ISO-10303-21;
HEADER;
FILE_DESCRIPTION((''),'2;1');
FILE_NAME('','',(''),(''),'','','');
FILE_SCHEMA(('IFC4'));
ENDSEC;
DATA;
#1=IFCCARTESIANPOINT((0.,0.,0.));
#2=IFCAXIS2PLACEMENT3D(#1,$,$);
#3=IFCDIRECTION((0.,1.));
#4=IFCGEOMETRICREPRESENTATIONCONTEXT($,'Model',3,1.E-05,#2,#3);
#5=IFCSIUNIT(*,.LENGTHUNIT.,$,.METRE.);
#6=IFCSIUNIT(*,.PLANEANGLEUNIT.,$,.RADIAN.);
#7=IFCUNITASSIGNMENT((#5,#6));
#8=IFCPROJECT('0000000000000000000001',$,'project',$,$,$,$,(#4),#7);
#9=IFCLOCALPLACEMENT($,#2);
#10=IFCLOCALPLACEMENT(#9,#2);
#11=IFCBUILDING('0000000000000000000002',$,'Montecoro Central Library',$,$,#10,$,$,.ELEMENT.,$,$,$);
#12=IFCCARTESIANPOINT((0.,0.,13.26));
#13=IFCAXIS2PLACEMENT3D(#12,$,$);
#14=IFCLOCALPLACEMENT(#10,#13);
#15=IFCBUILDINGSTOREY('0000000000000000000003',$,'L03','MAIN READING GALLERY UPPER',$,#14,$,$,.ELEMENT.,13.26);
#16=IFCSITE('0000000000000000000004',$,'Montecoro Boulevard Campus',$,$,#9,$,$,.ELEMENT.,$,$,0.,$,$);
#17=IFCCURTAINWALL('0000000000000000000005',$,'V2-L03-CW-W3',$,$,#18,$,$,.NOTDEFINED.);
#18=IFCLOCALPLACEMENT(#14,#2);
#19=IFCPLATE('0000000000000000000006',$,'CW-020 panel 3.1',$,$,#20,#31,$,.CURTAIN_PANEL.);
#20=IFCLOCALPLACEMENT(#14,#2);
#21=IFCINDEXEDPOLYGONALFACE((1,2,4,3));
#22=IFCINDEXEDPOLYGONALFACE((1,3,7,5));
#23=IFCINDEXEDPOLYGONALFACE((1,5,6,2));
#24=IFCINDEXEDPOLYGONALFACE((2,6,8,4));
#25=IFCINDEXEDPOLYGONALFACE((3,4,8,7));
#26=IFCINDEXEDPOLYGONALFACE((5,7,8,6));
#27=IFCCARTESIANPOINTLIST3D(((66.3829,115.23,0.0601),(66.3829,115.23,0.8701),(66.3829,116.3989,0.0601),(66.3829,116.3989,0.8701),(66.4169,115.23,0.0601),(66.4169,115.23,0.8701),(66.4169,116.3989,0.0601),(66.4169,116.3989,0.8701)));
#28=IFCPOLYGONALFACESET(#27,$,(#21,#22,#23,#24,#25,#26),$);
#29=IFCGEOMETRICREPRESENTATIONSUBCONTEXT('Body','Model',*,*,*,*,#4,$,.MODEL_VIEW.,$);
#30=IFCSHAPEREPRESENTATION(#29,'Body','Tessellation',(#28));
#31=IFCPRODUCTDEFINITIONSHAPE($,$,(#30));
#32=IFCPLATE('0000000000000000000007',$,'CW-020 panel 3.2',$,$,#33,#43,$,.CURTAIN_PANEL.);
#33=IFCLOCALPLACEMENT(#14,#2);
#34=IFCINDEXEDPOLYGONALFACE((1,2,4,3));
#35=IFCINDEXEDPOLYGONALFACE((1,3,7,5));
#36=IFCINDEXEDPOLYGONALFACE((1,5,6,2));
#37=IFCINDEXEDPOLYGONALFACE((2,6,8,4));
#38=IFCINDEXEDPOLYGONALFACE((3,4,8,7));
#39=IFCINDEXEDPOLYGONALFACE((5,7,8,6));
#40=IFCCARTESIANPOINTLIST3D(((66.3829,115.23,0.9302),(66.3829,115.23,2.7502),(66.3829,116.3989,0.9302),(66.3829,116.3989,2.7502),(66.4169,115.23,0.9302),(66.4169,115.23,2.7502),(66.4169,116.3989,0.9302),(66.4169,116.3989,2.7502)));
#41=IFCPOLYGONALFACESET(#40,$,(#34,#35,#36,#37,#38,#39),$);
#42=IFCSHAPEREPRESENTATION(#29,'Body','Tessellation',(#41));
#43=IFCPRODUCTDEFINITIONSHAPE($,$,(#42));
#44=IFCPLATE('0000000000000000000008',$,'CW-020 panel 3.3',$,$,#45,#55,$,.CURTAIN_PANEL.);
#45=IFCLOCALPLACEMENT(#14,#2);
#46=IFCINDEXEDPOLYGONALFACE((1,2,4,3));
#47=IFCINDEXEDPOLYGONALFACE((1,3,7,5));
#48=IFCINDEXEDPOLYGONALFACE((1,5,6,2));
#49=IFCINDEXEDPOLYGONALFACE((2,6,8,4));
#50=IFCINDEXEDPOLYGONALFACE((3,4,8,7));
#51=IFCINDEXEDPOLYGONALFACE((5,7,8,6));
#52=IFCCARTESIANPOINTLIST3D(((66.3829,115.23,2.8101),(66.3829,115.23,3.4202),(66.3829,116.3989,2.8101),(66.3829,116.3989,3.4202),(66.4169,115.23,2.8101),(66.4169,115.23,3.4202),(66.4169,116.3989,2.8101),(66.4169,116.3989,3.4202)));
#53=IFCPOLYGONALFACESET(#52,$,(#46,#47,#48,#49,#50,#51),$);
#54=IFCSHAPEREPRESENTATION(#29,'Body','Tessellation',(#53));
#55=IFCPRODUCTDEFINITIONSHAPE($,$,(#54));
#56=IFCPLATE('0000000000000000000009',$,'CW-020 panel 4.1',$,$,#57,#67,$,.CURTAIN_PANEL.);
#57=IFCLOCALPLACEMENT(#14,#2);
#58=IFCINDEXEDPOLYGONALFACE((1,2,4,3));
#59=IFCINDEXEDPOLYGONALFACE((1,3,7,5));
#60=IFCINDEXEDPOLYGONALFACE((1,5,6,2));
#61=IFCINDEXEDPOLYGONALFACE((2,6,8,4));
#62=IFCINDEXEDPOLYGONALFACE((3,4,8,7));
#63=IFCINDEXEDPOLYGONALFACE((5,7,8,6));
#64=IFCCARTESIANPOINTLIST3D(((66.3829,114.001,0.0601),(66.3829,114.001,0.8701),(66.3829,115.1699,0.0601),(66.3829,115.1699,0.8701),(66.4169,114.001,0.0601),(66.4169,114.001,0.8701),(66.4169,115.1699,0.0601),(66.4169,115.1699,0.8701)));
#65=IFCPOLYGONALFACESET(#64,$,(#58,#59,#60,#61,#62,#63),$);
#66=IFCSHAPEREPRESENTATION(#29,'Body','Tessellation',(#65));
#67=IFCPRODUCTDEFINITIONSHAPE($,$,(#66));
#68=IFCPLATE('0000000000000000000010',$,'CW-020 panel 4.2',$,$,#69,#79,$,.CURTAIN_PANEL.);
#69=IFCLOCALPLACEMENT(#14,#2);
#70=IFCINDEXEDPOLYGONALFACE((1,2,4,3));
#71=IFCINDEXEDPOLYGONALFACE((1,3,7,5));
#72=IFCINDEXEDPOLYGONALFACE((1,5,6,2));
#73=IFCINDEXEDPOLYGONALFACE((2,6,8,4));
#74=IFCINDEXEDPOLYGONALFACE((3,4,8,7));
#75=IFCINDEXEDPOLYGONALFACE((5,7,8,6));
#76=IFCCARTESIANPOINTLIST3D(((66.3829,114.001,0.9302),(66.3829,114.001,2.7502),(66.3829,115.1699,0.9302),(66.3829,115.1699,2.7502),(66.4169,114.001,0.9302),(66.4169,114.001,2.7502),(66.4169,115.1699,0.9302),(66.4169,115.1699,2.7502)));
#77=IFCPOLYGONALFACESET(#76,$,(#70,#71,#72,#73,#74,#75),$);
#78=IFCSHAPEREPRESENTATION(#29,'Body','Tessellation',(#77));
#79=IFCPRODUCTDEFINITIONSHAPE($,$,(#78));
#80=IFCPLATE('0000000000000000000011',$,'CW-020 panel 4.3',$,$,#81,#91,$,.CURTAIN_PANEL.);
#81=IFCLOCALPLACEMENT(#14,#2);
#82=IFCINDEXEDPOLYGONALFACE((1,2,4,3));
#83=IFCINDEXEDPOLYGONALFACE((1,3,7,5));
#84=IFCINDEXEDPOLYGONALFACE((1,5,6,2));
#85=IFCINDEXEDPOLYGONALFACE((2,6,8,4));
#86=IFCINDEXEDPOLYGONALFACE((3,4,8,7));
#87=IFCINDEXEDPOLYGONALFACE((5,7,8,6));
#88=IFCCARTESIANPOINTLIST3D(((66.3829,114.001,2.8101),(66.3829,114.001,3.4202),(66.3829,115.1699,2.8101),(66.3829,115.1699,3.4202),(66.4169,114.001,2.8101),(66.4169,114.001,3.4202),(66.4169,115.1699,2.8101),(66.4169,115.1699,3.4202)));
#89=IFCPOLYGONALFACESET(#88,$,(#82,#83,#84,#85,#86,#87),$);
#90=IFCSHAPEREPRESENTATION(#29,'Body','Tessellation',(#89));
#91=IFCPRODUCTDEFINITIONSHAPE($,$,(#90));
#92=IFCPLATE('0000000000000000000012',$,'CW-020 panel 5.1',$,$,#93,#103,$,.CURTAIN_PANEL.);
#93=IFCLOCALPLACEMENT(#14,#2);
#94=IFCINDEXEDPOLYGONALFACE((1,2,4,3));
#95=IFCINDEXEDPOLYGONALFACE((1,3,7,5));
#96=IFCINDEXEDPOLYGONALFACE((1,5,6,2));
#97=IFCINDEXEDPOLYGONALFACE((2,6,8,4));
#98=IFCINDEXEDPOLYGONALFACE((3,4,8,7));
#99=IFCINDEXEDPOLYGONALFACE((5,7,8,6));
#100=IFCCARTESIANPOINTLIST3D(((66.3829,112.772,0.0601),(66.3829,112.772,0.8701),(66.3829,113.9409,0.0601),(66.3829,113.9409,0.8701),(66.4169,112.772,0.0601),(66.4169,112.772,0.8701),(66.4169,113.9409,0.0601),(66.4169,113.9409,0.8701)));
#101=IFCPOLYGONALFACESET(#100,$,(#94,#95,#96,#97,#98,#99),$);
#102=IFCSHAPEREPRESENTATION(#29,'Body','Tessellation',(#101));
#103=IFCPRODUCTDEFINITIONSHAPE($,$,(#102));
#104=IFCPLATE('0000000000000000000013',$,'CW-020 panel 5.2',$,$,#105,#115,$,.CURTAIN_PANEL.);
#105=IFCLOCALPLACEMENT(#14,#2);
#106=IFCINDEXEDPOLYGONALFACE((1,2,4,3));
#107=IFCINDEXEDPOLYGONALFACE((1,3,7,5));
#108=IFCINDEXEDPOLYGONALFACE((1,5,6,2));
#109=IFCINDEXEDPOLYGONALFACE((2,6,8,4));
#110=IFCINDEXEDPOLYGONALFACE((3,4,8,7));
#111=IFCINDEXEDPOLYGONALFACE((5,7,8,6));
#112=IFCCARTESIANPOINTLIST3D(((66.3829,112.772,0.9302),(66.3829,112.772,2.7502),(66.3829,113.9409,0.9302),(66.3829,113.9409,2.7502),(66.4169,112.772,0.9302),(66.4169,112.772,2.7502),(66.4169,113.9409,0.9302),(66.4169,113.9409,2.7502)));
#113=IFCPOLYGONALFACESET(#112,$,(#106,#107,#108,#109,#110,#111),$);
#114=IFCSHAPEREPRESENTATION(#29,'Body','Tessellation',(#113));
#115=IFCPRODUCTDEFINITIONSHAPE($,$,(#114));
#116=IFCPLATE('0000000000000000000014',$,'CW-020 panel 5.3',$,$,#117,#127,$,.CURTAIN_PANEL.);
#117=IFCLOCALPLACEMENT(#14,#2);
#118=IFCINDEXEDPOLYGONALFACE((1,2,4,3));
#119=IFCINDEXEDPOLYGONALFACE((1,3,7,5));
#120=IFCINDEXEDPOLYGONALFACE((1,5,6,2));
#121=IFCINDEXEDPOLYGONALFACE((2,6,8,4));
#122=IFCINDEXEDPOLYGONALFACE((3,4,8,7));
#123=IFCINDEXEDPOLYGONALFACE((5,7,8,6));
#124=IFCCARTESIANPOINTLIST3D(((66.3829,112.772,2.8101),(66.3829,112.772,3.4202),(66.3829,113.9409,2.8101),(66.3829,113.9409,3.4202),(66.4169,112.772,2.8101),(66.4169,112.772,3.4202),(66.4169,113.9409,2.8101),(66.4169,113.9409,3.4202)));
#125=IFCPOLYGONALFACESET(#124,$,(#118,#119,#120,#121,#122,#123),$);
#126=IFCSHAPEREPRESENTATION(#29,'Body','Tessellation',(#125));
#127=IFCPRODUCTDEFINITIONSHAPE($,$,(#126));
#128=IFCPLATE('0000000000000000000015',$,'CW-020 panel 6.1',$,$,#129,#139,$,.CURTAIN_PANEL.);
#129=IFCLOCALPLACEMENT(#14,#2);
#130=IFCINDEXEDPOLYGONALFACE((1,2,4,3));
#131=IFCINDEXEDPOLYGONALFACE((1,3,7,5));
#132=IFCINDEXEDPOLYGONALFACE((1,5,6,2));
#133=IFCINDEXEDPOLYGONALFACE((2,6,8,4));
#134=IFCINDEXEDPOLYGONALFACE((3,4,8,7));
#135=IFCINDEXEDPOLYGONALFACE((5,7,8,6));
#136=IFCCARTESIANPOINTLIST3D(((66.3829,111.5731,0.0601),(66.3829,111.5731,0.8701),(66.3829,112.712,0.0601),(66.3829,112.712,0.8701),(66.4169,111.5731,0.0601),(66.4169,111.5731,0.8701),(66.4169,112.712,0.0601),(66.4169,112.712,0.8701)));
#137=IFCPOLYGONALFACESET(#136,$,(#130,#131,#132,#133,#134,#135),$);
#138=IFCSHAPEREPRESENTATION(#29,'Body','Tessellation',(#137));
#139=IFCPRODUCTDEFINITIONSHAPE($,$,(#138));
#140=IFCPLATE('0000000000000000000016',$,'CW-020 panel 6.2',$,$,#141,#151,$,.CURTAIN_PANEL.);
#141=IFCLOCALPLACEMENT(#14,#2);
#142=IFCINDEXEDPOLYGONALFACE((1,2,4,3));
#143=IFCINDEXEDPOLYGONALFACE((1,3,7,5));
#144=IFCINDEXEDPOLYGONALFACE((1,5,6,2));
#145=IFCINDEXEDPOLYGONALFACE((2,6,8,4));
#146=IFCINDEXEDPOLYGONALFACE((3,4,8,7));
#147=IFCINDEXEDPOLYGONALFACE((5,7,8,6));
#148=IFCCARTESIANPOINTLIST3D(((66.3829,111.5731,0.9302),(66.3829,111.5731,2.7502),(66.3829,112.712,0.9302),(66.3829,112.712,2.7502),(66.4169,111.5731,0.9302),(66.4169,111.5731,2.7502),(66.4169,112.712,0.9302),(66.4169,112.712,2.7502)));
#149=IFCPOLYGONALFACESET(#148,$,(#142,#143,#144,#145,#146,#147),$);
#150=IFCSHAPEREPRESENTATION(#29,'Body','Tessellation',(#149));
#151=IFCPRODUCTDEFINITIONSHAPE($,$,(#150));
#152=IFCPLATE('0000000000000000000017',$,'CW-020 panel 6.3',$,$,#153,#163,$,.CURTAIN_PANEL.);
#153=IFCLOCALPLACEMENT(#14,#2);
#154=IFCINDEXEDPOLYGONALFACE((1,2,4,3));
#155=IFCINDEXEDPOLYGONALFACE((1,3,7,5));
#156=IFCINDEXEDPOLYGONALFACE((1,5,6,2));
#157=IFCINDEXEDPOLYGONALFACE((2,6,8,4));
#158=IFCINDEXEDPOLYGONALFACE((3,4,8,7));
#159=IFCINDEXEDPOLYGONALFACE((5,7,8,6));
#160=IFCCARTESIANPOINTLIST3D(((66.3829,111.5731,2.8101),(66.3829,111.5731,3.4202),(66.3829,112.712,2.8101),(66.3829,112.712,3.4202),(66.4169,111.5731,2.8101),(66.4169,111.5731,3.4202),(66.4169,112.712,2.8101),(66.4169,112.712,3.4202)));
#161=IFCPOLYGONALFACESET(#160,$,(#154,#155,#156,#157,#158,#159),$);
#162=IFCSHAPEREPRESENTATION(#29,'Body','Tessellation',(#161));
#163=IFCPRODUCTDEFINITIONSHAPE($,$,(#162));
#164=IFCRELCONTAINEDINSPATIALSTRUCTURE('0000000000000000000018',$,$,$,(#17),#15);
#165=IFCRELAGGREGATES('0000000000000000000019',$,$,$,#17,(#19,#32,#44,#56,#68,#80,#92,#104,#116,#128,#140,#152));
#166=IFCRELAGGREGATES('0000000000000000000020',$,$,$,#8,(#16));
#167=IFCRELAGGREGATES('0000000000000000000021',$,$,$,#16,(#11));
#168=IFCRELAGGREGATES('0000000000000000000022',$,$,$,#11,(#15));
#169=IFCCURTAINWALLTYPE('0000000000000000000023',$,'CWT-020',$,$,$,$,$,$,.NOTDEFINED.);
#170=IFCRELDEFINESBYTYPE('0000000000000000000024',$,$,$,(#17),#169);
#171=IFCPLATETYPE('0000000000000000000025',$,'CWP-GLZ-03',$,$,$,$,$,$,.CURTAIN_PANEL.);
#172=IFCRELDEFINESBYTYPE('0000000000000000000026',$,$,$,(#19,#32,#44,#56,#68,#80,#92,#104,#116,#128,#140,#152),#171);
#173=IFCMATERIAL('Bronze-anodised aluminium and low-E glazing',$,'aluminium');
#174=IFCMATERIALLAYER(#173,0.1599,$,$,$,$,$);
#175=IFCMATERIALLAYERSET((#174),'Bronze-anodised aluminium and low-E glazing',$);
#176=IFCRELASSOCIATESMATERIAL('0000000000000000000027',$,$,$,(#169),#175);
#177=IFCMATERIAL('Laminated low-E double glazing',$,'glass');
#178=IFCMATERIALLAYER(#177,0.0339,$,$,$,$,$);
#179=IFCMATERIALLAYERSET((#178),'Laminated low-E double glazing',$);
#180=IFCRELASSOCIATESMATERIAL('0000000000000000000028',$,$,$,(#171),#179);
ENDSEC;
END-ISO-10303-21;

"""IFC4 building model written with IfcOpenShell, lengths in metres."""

from ifc_helpers import new_model, si_unit, direction, frame, origin, origin_2d, place, context, subcontext, project, spatial, rectangle, extrude, material, layer, layer_set, type_object, element, aggregate, save


model = new_model("IFC4")

# Units and contexts
model_context = context("Model", 3, precision=1e-05, world=origin(), true_north=direction((0.0, 1.0)))
body_context = subcontext(model_context, "Body", "Model", "MODEL_VIEW")
ifc_project = project(units=[si_unit("LENGTHUNIT", "METRE"), si_unit("PLANEANGLEUNIT", "RADIAN")], contexts=[model_context])

# Site, building, storey
site_placement = place(None, origin())
site = spatial("IfcSite", under=ifc_project, at=site_placement, Name="Montecoro Boulevard Campus", CompositionType="ELEMENT", RefElevation=0.0)
building_placement = place(site_placement, origin())
building = spatial("IfcBuilding", under=site, at=building_placement, Name="Montecoro Central Library", CompositionType="ELEMENT")
storey_placement = place(building_placement, frame((0.0, 0.0, 13.26)))
storey = spatial("IfcBuildingStorey", under=building, at=storey_placement, Name="L03", Description="MAIN READING GALLERY UPPER", CompositionType="ELEMENT", Elevation=13.26)

# Curtain wall, plates
ifc_material_1 = material(Name="Bronze-anodised aluminium and low-E glazing", Category="aluminium")
ifc_layer_1 = layer(ifc_material_1, 0.1599)
ifc_layer_set_1 = layer_set([ifc_layer_1], Name="Bronze-anodised aluminium and low-E glazing")
curtain_wall_type = type_object("IfcCurtainWallType", Name="CWT-020", PredefinedType="NOTDEFINED", material=ifc_layer_set_1)
curtain_wall_placement = place(storey_placement, origin())
curtain_wall = element("IfcCurtainWall", 1, at=curtain_wall_placement, inside=storey, type_object=curtain_wall_type, Name="V2-L03-CW-W3", PredefinedType="NOTDEFINED")
ifc_material_2 = material(Name="Laminated low-E double glazing", Category="glass")
ifc_layer_2 = layer(ifc_material_2, 0.0339)
ifc_layer_set_2 = layer_set([ifc_layer_2], Name="Laminated low-E double glazing")
plate_type = type_object("IfcPlateType", Name="CWP-GLZ-03", PredefinedType="CURTAIN_PANEL", material=ifc_layer_set_2)
plate_1_placement = place(storey_placement, frame((66.3999, 115.8145, 0.0601), z_axis=(0.0, 0.0, 1.0), x_axis=(0.0, -1.0, 0.0)))
plate_1 = element("IfcPlate", 2, at=plate_1_placement, type_object=plate_type, Name="CW-020 panel 3.1", PredefinedType="CURTAIN_PANEL", context=body_context, shape_type="SweptSolid", body=[
    extrude(rectangle(XDim=1.1689, YDim=0.0339, at=origin_2d()), origin(), (0.0, 0.0, 1.0), 0.8101),
])
plate_2_placement = place(storey_placement, frame((66.3999, 115.8145, 0.9302), z_axis=(0.0, 0.0, 1.0), x_axis=(0.0, -1.0, 0.0)))
plate_2 = element("IfcPlate", 3, at=plate_2_placement, type_object=plate_type, Name="CW-020 panel 3.2", PredefinedType="CURTAIN_PANEL", context=body_context, shape_type="SweptSolid", body=[
    extrude(rectangle(XDim=1.1689, YDim=0.0339, at=origin_2d()), origin(), (0.0, 0.0, 1.0), 1.8201),
])
plate_3_placement = place(storey_placement, frame((66.3999, 115.8145, 2.8101), z_axis=(0.0, 0.0, 1.0), x_axis=(0.0, -1.0, 0.0)))
plate_3 = element("IfcPlate", 4, at=plate_3_placement, type_object=plate_type, Name="CW-020 panel 3.3", PredefinedType="CURTAIN_PANEL", context=body_context, shape_type="SweptSolid", body=[
    extrude(rectangle(XDim=1.1689, YDim=0.0339, at=origin_2d()), origin(), (0.0, 0.0, 1.0), 0.6101),
])
plate_4_placement = place(storey_placement, frame((66.3999, 114.5854, 0.0601), z_axis=(0.0, 0.0, 1.0), x_axis=(0.0, -1.0, 0.0)))
plate_4 = element("IfcPlate", 5, at=plate_4_placement, type_object=plate_type, Name="CW-020 panel 4.1", PredefinedType="CURTAIN_PANEL", context=body_context, shape_type="SweptSolid", body=[
    extrude(rectangle(XDim=1.1689, YDim=0.0339, at=origin_2d()), origin(), (0.0, 0.0, 1.0), 0.8101),
])
plate_5_placement = place(storey_placement, frame((66.3999, 114.5854, 0.9302), z_axis=(0.0, 0.0, 1.0), x_axis=(0.0, -1.0, 0.0)))
plate_5 = element("IfcPlate", 6, at=plate_5_placement, type_object=plate_type, Name="CW-020 panel 4.2", PredefinedType="CURTAIN_PANEL", context=body_context, shape_type="SweptSolid", body=[
    extrude(rectangle(XDim=1.1689, YDim=0.0339, at=origin_2d()), origin(), (0.0, 0.0, 1.0), 1.8201),
])
plate_6_placement = place(storey_placement, frame((66.3999, 114.5854, 2.8101), z_axis=(0.0, 0.0, 1.0), x_axis=(0.0, -1.0, 0.0)))
plate_6 = element("IfcPlate", 7, at=plate_6_placement, type_object=plate_type, Name="CW-020 panel 4.3", PredefinedType="CURTAIN_PANEL", context=body_context, shape_type="SweptSolid", body=[
    extrude(rectangle(XDim=1.1689, YDim=0.0339, at=origin_2d()), origin(), (0.0, 0.0, 1.0), 0.6101),
])
plate_7_placement = place(storey_placement, frame((66.3999, 113.3564, 0.0601), z_axis=(0.0, 0.0, 1.0), x_axis=(0.0, -1.0, 0.0)))
plate_7 = element("IfcPlate", 8, at=plate_7_placement, type_object=plate_type, Name="CW-020 panel 5.1", PredefinedType="CURTAIN_PANEL", context=body_context, shape_type="SweptSolid", body=[
    extrude(rectangle(XDim=1.1689, YDim=0.0339, at=origin_2d()), origin(), (0.0, 0.0, 1.0), 0.8101),
])
plate_8_placement = place(storey_placement, frame((66.3999, 113.3564, 0.9302), z_axis=(0.0, 0.0, 1.0), x_axis=(0.0, -1.0, 0.0)))
plate_8 = element("IfcPlate", 9, at=plate_8_placement, type_object=plate_type, Name="CW-020 panel 5.2", PredefinedType="CURTAIN_PANEL", context=body_context, shape_type="SweptSolid", body=[
    extrude(rectangle(XDim=1.1689, YDim=0.0339, at=origin_2d()), origin(), (0.0, 0.0, 1.0), 1.8201),
])
plate_9_placement = place(storey_placement, frame((66.3999, 113.3564, 2.8101), z_axis=(0.0, 0.0, 1.0), x_axis=(0.0, -1.0, 0.0)))
plate_9 = element("IfcPlate", 10, at=plate_9_placement, type_object=plate_type, Name="CW-020 panel 5.3", PredefinedType="CURTAIN_PANEL", context=body_context, shape_type="SweptSolid", body=[
    extrude(rectangle(XDim=1.1689, YDim=0.0339, at=origin_2d()), origin(), (0.0, 0.0, 1.0), 0.6101),
])
plate_10_placement = place(storey_placement, frame((66.3999, 112.1426, 0.0601), z_axis=(0.0, 0.0, 1.0), x_axis=(0.0, -1.0, 0.0)))
plate_10 = element("IfcPlate", 11, at=plate_10_placement, type_object=plate_type, Name="CW-020 panel 6.1", PredefinedType="CURTAIN_PANEL", context=body_context, shape_type="SweptSolid", body=[
    extrude(rectangle(XDim=1.1389, YDim=0.0339, at=origin_2d()), origin(), (0.0, 0.0, 1.0), 0.8101),
])
plate_11_placement = place(storey_placement, frame((66.3999, 112.1426, 0.9302), z_axis=(0.0, 0.0, 1.0), x_axis=(0.0, -1.0, 0.0)))
plate_11 = element("IfcPlate", 12, at=plate_11_placement, type_object=plate_type, Name="CW-020 panel 6.2", PredefinedType="CURTAIN_PANEL", context=body_context, shape_type="SweptSolid", body=[
    extrude(rectangle(XDim=1.1389, YDim=0.0339, at=origin_2d()), origin(), (0.0, 0.0, 1.0), 1.8201),
])
plate_12_placement = place(storey_placement, frame((66.3999, 112.1426, 2.8101), z_axis=(0.0, 0.0, 1.0), x_axis=(0.0, -1.0, 0.0)))
plate_12 = element("IfcPlate", 13, at=plate_12_placement, type_object=plate_type, Name="CW-020 panel 6.3", PredefinedType="CURTAIN_PANEL", context=body_context, shape_type="SweptSolid", body=[
    extrude(rectangle(XDim=1.1389, YDim=0.0339, at=origin_2d()), origin(), (0.0, 0.0, 1.0), 0.6101),
])
aggregate(curtain_wall, [plate_1, plate_2, plate_3, plate_4, plate_5, plate_6, plate_7, plate_8, plate_9, plate_10, plate_11, plate_12])

save(model, "model.ifc")
